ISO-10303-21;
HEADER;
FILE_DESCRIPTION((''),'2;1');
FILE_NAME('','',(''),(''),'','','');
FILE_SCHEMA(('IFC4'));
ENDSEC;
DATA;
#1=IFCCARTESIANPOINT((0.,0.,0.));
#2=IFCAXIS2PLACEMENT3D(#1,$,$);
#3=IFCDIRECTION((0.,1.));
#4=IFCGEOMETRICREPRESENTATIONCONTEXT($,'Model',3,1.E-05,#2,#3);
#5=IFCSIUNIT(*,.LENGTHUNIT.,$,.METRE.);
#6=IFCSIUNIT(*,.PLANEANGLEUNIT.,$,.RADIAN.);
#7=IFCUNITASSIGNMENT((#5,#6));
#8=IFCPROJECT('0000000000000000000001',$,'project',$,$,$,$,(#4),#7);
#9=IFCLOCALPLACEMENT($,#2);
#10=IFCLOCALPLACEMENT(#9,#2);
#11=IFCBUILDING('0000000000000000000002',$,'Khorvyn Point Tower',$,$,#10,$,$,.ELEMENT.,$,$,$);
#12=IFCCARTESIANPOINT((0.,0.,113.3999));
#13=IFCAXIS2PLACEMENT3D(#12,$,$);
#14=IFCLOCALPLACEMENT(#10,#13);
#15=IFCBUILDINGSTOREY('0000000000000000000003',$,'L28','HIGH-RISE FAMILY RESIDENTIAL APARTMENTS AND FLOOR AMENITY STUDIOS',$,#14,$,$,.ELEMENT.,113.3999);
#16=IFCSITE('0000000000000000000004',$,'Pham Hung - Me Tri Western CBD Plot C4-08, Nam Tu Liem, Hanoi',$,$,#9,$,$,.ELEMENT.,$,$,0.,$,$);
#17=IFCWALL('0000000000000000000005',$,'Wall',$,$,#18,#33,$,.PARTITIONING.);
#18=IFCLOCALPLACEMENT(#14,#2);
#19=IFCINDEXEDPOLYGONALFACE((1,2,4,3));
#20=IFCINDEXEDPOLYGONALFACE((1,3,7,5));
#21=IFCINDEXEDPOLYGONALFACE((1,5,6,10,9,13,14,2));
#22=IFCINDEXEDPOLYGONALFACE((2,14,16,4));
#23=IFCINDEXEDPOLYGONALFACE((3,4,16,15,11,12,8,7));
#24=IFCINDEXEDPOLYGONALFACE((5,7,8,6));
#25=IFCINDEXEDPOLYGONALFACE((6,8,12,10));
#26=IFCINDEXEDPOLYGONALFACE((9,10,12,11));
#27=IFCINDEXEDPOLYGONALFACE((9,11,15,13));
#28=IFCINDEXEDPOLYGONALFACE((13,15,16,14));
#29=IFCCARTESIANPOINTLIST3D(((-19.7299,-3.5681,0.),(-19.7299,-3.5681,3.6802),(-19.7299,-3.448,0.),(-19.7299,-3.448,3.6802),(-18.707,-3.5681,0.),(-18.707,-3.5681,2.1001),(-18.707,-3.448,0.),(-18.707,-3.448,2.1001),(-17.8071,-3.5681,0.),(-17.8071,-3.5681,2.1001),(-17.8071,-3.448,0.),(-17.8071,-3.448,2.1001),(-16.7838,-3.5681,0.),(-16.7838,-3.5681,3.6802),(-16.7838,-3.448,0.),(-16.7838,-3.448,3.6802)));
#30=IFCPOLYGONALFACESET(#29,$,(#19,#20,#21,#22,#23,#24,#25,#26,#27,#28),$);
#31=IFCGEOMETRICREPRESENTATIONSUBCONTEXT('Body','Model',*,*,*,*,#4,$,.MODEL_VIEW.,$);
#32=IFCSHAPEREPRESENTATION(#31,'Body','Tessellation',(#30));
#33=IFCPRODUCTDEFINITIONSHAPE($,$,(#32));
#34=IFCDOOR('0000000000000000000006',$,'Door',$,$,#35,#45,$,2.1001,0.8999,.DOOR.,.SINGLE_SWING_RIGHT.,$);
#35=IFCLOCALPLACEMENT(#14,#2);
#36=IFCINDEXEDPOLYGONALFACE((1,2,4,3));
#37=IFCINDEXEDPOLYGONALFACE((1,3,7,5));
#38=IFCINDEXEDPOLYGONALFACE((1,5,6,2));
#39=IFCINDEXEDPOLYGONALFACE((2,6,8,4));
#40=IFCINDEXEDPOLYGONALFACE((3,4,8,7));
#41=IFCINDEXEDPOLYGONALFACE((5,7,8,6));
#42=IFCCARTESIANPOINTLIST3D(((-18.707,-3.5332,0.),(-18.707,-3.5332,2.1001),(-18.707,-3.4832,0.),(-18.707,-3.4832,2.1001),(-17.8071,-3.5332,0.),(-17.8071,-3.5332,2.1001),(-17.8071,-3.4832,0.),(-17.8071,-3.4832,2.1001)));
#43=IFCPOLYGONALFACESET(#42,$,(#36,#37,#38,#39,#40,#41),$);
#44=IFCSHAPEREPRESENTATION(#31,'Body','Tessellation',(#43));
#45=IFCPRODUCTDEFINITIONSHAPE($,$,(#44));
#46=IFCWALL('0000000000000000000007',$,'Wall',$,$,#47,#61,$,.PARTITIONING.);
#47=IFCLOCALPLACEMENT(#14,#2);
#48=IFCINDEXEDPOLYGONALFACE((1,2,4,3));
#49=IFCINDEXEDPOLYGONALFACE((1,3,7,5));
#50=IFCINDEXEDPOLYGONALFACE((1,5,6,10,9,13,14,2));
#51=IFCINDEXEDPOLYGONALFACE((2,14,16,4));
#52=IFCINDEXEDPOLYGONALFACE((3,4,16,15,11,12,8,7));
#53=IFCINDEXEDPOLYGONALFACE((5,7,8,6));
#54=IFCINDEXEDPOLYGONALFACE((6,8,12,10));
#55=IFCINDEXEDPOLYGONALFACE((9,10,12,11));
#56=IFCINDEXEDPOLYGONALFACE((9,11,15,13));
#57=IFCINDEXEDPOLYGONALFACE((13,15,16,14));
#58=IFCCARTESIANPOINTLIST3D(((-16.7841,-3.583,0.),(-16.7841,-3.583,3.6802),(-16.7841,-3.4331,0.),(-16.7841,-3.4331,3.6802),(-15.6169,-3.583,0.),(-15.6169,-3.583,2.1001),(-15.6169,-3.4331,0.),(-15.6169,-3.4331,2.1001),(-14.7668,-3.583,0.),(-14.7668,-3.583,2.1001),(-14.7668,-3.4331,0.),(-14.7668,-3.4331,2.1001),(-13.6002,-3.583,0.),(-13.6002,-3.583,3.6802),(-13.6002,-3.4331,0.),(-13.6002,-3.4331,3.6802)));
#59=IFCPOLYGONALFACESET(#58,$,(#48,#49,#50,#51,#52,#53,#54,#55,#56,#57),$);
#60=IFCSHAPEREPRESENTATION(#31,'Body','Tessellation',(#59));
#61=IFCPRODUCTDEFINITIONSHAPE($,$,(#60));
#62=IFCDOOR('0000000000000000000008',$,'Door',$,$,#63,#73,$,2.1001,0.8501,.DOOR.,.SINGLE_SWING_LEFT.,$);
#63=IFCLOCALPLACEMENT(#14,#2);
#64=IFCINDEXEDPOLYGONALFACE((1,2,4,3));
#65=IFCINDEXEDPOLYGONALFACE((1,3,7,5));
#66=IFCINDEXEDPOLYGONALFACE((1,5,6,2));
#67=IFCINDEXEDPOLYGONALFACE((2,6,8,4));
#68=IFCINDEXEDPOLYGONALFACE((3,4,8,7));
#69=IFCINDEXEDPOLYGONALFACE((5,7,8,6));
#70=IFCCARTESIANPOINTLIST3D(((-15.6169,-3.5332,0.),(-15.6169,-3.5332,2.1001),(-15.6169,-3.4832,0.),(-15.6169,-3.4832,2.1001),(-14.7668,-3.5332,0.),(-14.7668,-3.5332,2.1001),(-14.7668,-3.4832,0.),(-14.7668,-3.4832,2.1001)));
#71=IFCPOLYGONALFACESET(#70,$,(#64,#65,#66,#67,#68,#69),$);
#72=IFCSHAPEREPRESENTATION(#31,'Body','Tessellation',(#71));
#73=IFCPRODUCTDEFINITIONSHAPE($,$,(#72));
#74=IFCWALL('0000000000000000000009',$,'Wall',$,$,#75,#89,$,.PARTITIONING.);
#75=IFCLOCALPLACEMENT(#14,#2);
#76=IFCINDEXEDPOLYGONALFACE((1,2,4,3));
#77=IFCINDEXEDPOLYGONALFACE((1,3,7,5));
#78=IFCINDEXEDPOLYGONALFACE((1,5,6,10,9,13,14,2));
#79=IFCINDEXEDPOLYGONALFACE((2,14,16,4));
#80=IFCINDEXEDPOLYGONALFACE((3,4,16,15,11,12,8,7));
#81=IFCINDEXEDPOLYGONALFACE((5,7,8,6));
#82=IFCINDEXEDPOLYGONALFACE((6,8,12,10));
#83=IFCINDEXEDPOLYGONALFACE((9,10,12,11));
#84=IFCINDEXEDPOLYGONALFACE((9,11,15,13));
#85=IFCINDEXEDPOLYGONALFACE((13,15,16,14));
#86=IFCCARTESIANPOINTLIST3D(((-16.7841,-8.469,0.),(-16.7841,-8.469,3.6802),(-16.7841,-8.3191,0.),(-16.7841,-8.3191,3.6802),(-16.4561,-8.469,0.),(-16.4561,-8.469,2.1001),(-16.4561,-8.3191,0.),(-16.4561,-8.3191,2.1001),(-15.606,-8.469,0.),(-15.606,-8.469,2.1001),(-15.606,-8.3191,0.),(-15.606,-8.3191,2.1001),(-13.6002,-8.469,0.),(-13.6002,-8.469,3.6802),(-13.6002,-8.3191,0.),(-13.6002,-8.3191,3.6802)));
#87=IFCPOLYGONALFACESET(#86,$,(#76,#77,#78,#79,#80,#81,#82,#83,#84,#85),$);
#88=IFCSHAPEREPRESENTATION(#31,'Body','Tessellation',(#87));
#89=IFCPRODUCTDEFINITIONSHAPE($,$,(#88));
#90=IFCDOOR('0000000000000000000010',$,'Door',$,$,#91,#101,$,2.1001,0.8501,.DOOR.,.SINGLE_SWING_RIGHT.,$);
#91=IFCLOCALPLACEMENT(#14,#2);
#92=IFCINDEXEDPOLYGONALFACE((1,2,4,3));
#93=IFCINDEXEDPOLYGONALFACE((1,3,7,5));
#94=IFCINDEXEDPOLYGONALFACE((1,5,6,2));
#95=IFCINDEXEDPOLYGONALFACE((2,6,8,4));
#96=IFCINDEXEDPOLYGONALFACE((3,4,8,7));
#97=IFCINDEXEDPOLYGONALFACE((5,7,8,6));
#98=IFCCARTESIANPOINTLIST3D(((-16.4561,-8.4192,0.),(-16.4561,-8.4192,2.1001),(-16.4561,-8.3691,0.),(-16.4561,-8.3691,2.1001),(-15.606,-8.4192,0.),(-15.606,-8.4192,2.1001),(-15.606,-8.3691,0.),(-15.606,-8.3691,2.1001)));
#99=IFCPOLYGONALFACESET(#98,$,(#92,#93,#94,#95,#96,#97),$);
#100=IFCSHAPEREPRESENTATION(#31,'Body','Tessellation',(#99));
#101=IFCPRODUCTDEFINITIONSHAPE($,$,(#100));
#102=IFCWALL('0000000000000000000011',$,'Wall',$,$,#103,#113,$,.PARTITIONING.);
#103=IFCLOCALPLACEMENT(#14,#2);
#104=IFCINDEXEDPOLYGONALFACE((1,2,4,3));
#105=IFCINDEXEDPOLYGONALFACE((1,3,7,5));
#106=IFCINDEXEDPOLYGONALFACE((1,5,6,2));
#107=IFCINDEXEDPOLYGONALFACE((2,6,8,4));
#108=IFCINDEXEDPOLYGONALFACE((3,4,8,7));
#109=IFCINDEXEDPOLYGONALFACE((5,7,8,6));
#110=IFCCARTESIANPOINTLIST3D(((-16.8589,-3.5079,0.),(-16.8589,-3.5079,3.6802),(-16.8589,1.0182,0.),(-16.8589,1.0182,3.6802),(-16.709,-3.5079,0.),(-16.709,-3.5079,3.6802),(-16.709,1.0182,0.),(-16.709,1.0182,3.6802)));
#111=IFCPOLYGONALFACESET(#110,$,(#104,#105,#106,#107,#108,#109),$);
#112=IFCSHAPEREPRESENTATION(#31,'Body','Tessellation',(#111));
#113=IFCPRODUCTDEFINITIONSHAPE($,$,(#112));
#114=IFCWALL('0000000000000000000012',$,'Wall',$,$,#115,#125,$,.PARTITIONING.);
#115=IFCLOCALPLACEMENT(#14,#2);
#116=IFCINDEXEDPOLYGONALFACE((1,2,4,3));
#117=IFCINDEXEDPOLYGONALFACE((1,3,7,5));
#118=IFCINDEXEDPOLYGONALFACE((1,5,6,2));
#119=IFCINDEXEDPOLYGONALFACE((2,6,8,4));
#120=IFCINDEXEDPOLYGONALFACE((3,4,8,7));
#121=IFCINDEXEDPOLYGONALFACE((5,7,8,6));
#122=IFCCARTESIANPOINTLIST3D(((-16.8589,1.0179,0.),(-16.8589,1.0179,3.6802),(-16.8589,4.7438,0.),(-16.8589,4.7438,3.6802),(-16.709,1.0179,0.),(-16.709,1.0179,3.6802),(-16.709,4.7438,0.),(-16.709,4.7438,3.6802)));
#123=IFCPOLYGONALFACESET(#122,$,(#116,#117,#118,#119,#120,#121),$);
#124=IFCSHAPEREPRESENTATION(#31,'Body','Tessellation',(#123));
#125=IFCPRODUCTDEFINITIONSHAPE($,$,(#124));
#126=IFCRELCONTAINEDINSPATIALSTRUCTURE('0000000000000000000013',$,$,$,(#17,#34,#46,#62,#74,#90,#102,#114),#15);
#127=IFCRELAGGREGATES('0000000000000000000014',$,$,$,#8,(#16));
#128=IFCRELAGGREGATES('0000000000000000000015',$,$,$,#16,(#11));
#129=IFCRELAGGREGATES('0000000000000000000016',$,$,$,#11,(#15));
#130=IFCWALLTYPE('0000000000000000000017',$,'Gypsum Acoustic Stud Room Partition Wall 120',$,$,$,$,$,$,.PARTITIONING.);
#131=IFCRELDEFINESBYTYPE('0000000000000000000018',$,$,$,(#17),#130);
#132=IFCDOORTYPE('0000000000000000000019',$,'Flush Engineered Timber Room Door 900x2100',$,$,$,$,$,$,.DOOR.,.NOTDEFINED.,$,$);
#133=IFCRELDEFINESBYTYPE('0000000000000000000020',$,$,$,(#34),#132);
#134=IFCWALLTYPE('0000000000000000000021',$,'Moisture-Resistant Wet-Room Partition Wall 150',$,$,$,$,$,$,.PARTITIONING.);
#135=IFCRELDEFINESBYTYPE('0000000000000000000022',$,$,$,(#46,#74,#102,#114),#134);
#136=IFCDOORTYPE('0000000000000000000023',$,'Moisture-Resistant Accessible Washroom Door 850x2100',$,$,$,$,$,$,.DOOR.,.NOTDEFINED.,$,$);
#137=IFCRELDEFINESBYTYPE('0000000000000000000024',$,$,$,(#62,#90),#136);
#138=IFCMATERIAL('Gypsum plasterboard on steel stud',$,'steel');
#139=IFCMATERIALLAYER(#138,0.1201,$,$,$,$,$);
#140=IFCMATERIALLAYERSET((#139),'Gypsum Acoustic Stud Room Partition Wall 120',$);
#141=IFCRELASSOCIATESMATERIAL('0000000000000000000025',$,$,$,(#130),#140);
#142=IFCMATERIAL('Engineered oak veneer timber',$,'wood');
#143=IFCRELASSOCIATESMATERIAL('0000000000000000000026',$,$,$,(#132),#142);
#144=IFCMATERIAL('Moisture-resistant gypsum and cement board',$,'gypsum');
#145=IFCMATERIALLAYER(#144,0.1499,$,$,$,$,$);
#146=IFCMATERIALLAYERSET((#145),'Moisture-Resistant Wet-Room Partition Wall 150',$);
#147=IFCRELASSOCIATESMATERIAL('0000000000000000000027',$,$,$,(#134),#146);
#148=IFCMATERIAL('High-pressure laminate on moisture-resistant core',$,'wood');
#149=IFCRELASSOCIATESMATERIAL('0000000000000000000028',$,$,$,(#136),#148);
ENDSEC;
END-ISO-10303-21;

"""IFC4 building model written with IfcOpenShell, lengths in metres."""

from ifc_helpers import new_model, si_unit, direction, frame, frame_2d, origin, place, context, subcontext, project, spatial, rectangle, extrude, material, layer, layer_set, type_object, element, fill, save


model = new_model("IFC4")

# Units and contexts
model_context = context("Model", 3, precision=1e-05, world=origin(), true_north=direction((0.0, 1.0)))
body_context = subcontext(model_context, "Body", "Model", "MODEL_VIEW")
ifc_project = project(units=[si_unit("LENGTHUNIT", "METRE"), si_unit("PLANEANGLEUNIT", "RADIAN")], contexts=[model_context])

# Site, building, storey
site_placement = place(None, origin())
site = spatial("IfcSite", under=ifc_project, at=site_placement, Name="Pham Hung - Me Tri Western CBD Plot C4-08, Nam Tu Liem, Hanoi", CompositionType="ELEMENT", RefElevation=0.0)
building_placement = place(site_placement, origin())
building = spatial("IfcBuilding", under=site, at=building_placement, Name="Khorvyn Point Tower", CompositionType="ELEMENT")
storey_placement = place(building_placement, frame((0.0, 0.0, 113.3999)))
storey = spatial("IfcBuildingStorey", under=building, at=storey_placement, Name="L28", Description="HIGH-RISE FAMILY RESIDENTIAL APARTMENTS AND FLOOR AMENITY STUDIOS", CompositionType="ELEMENT", Elevation=113.3999)

# Walls, openings, doors
ifc_material_1 = material(Name="Gypsum plasterboard on steel stud", Category="steel")
ifc_layer_1 = layer(ifc_material_1, 0.1201)
ifc_layer_set_1 = layer_set([ifc_layer_1], Name="Gypsum Acoustic Stud Room Partition Wall 120")
wall_type_1 = type_object("IfcWallType", Name="Gypsum Acoustic Stud Room Partition Wall 120", PredefinedType="PARTITIONING", material=ifc_layer_set_1)
ifc_material_2 = material(Name="Engineered oak veneer timber", Category="wood")
door_type_1 = type_object("IfcDoorType", Name="Flush Engineered Timber Room Door 900x2100", OperationType="NOTDEFINED", PredefinedType="DOOR", material=ifc_material_2)
wall_1_placement = place(storey_placement, frame((-19.73, -3.5081, 0.0), z_axis=(0.0, 0.0, 1.0), x_axis=(1.0, 0.0, 0.0)))
wall_1 = element("IfcWall", 1, at=wall_1_placement, inside=storey, type_object=wall_type_1, Name="Wall", PredefinedType="PARTITIONING", context=body_context, shape_type="SweptSolid", body=[
    extrude(rectangle(XDim=2.946, YDim=0.1201, at=frame_2d((1.4731, 0.0))), origin(), (0.0, 0.0, 1.0), 3.6802),
])
opening_1_placement = place(wall_1_placement, frame((1.0229, 0.0, 0.0)))
opening_1 = element("IfcOpeningElement", 2, at=opening_1_placement, cuts=wall_1, PredefinedType="OPENING", context=body_context, shape_type="SweptSolid", body=[
    extrude(rectangle(XDim=0.8999, YDim=2.1001, at=frame_2d((0.45, 1.05))), frame((0.0, 0.0701, 0.0), z_axis=(0.0, -1.0, 0.0), x_axis=(1.0, 0.0, 0.0)), (0.0, 0.0, 1.0), 0.1401),
])
door_1_placement = place(opening_1_placement, origin())
door_1 = element("IfcDoor", 3, at=door_1_placement, inside=storey, type_object=door_type_1, Name="Door", OperationType="SINGLE_SWING_RIGHT", OverallHeight=2.1001, OverallWidth=0.8999, PredefinedType="DOOR", context=body_context, shape_type="SweptSolid", body=[
    extrude(rectangle(XDim=0.8999, YDim=2.1001, at=frame_2d((0.45, 1.05))), frame((0.0, 0.0249, 0.0), z_axis=(0.0, -1.0, 0.0), x_axis=(1.0, 0.0, 0.0)), (0.0, 0.0, 1.0), 0.05),
])
fill(opening_1, door_1)
ifc_material_3 = material(Name="Moisture-resistant gypsum and cement board", Category="gypsum")
ifc_layer_2 = layer(ifc_material_3, 0.1499)
ifc_layer_set_2 = layer_set([ifc_layer_2], Name="Moisture-Resistant Wet-Room Partition Wall 150")
wall_type_2 = type_object("IfcWallType", Name="Moisture-Resistant Wet-Room Partition Wall 150", PredefinedType="PARTITIONING", material=ifc_layer_set_2)
wall_2_placement = place(storey_placement, frame((-16.7839, -3.5081, 0.0), z_axis=(0.0, 0.0, 1.0), x_axis=(1.0, 0.0, 0.0)))
wall_2 = element("IfcWall", 4, at=wall_2_placement, inside=storey, type_object=wall_type_2, Name="Wall", PredefinedType="PARTITIONING", context=body_context, shape_type="SweptSolid", body=[
    extrude(rectangle(XDim=3.1838, YDim=0.1499, at=frame_2d((1.5918, 0.0))), origin(), (0.0, 0.0, 1.0), 3.6802),
])
opening_2_placement = place(wall_2_placement, frame((1.167, 0.0, 0.0)))
opening_2 = element("IfcOpeningElement", 5, at=opening_2_placement, cuts=wall_2, PredefinedType="OPENING", context=body_context, shape_type="SweptSolid", body=[
    extrude(rectangle(XDim=0.8501, YDim=2.1001, at=frame_2d((0.425, 1.05))), frame((0.0, 0.085, 0.0), z_axis=(0.0, -1.0, 0.0), x_axis=(1.0, 0.0, 0.0)), (0.0, 0.0, 1.0), 0.1699),
])
ifc_material_4 = material(Name="High-pressure laminate on moisture-resistant core", Category="wood")
door_type_2 = type_object("IfcDoorType", Name="Moisture-Resistant Accessible Washroom Door 850x2100", OperationType="NOTDEFINED", PredefinedType="DOOR", material=ifc_material_4)
door_2_placement = place(opening_2_placement, origin())
door_2 = element("IfcDoor", 6, at=door_2_placement, inside=storey, type_object=door_type_2, Name="Door", OperationType="SINGLE_SWING_LEFT", OverallHeight=2.1001, OverallWidth=0.8501, PredefinedType="DOOR", context=body_context, shape_type="SweptSolid", body=[
    extrude(rectangle(XDim=0.8501, YDim=2.1001, at=frame_2d((0.425, 1.05))), frame((0.0, 0.0249, 0.0), z_axis=(0.0, -1.0, 0.0), x_axis=(1.0, 0.0, 0.0)), (0.0, 0.0, 1.0), 0.05),
])
fill(opening_2, door_2)
wall_3_placement = place(storey_placement, frame((-16.7839, -8.394, 0.0), z_axis=(0.0, 0.0, 1.0), x_axis=(1.0, 0.0, 0.0)))
wall_3 = element("IfcWall", 7, at=wall_3_placement, inside=storey, type_object=wall_type_2, Name="Wall", PredefinedType="PARTITIONING", context=body_context, shape_type="SweptSolid", body=[
    extrude(rectangle(XDim=3.1838, YDim=0.1499, at=frame_2d((1.5918, 0.0))), origin(), (0.0, 0.0, 1.0), 3.6802),
])
opening_3_placement = place(wall_3_placement, frame((0.3279, 0.0, 0.0)))
opening_3 = element("IfcOpeningElement", 8, at=opening_3_placement, cuts=wall_3, PredefinedType="OPENING", context=body_context, shape_type="SweptSolid", body=[
    extrude(rectangle(XDim=0.8501, YDim=2.1001, at=frame_2d((0.425, 1.05))), frame((0.0, 0.085, 0.0), z_axis=(0.0, -1.0, 0.0), x_axis=(1.0, 0.0, 0.0)), (0.0, 0.0, 1.0), 0.1699),
])
door_3_placement = place(opening_3_placement, origin())
door_3 = element("IfcDoor", 9, at=door_3_placement, inside=storey, type_object=door_type_2, Name="Door", OperationType="SINGLE_SWING_RIGHT", OverallHeight=2.1001, OverallWidth=0.8501, PredefinedType="DOOR", context=body_context, shape_type="SweptSolid", body=[
    extrude(rectangle(XDim=0.8501, YDim=2.1001, at=frame_2d((0.425, 1.05))), frame((0.0, 0.0249, 0.0), z_axis=(0.0, -1.0, 0.0), x_axis=(1.0, 0.0, 0.0)), (0.0, 0.0, 1.0), 0.05),
])
fill(opening_3, door_3)

# Walls
wall_4_placement = place(storey_placement, frame((-16.7839, -3.5081, 0.0), z_axis=(0.0, 0.0, 1.0), x_axis=(0.0, 1.0, 0.0)))
element("IfcWall", 10, at=wall_4_placement, inside=storey, type_object=wall_type_2, Name="Wall", PredefinedType="PARTITIONING", context=body_context, shape_type="SweptSolid", body=[
    extrude(rectangle(XDim=4.5261, YDim=0.1499, at=frame_2d((2.2632, 0.0))), origin(), (0.0, 0.0, 1.0), 3.6802),
])
wall_5_placement = place(storey_placement, frame((-16.7839, 1.0181, 0.0), z_axis=(0.0, 0.0, 1.0), x_axis=(0.0, 1.0, 0.0)))
element("IfcWall", 11, at=wall_5_placement, inside=storey, type_object=wall_type_2, Name="Wall", PredefinedType="PARTITIONING", context=body_context, shape_type="SweptSolid", body=[
    extrude(rectangle(XDim=3.7258, YDim=0.1499, at=frame_2d((1.8628, 0.0))), origin(), (0.0, 0.0, 1.0), 3.6802),
])

save(model, "model.ifc")
